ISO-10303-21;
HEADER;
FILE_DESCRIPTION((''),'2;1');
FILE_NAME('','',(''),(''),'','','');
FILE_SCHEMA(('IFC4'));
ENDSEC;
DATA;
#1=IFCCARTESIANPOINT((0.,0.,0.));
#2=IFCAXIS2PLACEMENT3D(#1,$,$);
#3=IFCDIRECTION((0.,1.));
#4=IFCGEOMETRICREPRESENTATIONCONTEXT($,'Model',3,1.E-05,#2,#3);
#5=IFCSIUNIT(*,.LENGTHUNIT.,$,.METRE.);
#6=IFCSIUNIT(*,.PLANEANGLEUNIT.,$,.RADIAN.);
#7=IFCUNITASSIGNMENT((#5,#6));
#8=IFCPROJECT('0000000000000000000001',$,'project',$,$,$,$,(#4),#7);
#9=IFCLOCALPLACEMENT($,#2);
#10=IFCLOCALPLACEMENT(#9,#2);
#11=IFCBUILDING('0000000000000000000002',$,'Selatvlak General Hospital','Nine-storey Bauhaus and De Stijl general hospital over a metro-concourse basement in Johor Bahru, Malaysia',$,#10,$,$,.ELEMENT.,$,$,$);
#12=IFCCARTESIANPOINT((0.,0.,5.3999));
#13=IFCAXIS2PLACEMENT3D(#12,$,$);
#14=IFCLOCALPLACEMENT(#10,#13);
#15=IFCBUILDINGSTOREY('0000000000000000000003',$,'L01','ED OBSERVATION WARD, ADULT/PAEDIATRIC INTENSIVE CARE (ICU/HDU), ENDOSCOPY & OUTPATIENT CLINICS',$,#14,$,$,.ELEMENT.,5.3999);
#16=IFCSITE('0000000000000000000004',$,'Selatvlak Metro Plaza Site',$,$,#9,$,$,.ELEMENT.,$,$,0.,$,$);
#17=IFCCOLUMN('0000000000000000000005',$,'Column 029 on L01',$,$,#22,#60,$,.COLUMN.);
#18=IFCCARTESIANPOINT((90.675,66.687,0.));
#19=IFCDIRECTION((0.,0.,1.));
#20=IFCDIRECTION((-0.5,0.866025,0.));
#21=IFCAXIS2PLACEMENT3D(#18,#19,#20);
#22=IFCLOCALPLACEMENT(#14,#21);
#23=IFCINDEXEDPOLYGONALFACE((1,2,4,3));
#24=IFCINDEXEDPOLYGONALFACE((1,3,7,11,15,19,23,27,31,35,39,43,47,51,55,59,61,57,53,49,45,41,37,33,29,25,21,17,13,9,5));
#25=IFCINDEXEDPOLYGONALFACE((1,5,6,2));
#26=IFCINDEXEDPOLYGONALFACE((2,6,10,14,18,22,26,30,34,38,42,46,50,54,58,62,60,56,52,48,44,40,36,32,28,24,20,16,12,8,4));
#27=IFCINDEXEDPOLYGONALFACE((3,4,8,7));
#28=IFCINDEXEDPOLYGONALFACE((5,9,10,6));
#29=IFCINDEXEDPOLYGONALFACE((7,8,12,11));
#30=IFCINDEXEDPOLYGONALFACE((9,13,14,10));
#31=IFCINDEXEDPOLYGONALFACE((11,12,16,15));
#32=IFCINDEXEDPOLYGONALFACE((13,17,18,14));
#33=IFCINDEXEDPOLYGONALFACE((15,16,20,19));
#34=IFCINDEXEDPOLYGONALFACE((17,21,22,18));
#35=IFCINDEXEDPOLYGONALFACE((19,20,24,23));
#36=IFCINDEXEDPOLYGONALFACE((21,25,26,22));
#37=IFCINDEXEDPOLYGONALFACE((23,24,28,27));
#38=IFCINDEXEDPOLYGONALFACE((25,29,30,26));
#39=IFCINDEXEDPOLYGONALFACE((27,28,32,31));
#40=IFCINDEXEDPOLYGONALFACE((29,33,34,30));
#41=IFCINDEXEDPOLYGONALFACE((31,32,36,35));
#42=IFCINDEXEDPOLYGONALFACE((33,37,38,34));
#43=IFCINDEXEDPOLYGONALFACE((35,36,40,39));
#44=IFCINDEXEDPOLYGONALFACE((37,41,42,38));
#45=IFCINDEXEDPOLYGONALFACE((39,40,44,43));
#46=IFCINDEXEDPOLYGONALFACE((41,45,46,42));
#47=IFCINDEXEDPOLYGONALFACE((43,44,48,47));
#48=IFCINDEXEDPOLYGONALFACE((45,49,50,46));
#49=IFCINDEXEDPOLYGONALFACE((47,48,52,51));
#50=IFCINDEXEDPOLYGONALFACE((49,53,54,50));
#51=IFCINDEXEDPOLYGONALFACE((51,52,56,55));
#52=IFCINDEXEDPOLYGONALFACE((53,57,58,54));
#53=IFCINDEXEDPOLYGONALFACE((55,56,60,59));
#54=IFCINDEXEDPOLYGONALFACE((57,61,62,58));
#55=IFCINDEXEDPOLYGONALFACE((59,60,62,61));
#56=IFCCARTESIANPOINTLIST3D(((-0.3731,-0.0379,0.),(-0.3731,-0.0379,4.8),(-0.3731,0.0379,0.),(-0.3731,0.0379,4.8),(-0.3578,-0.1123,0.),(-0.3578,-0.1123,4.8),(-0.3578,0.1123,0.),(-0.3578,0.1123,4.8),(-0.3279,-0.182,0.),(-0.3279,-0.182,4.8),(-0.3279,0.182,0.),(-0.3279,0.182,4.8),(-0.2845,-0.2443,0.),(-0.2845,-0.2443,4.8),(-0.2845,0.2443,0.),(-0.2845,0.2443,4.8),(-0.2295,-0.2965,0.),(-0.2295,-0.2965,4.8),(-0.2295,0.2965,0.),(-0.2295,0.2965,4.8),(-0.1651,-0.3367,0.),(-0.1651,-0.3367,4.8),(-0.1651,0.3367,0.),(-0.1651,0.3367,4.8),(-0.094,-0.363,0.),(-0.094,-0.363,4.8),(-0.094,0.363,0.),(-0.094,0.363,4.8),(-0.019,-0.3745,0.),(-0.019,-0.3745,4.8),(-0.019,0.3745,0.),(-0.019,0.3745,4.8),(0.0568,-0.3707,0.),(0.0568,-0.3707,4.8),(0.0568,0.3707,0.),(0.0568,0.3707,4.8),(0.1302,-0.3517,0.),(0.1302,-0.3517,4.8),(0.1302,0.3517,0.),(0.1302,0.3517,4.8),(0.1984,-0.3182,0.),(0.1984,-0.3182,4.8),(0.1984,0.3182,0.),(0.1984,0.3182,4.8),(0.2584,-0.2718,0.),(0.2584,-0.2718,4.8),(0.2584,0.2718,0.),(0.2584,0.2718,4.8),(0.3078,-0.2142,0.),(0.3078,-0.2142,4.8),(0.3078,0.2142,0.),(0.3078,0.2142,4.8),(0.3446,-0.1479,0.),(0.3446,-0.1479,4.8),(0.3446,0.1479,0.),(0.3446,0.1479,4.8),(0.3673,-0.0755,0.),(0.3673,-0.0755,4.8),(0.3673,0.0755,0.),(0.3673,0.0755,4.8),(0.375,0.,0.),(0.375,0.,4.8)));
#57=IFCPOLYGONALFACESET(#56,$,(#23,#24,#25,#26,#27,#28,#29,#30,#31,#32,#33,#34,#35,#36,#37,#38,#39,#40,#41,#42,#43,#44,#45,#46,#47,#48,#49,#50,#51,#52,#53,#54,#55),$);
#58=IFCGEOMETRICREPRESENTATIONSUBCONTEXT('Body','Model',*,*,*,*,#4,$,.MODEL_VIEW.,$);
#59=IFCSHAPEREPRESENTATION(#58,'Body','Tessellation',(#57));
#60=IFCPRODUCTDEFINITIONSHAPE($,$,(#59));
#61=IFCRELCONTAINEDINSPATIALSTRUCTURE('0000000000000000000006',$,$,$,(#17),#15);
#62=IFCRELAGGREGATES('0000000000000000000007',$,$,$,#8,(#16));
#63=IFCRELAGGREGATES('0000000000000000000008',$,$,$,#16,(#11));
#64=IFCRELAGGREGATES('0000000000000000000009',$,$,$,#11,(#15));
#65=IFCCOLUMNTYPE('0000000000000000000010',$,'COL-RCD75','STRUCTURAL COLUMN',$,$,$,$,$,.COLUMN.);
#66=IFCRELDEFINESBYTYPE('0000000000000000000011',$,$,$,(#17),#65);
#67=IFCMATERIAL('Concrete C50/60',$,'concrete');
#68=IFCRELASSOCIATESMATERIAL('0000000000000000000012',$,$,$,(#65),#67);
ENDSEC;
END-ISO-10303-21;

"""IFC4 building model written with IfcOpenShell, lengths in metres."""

from ifc_helpers import new_model, si_unit, direction, frame, origin, origin_2d, place, context, subcontext, project, spatial, circle, extrude, material, material_profile, profile_set, type_object, element, save


model = new_model("IFC4")

# Units and contexts
model_context = context("Model", 3, precision=1e-05, world=origin(), true_north=direction((0.0, 1.0)))
body_context = subcontext(model_context, "Body", "Model", "MODEL_VIEW")
ifc_project = project(units=[si_unit("LENGTHUNIT", "METRE"), si_unit("PLANEANGLEUNIT", "RADIAN")], contexts=[model_context])

# Site, building, storey
site_placement = place(None, origin())
site = spatial("IfcSite", under=ifc_project, at=site_placement, Name="Selatvlak Metro Plaza Site", CompositionType="ELEMENT", RefElevation=0.0)
building_placement = place(site_placement, origin())
building = spatial("IfcBuilding", under=site, at=building_placement, Name="Selatvlak General Hospital", Description="Nine-storey Bauhaus and De Stijl general hospital over a metro-concourse basement in Johor Bahru, Malaysia", CompositionType="ELEMENT")
storey_placement = place(building_placement, frame((0.0, 0.0, 5.3999)))
storey = spatial("IfcBuildingStorey", under=building, at=storey_placement, Name="L01", Description="ED OBSERVATION WARD, ADULT/PAEDIATRIC INTENSIVE CARE (ICU/HDU), ENDOSCOPY & OUTPATIENT CLINICS", CompositionType="ELEMENT", Elevation=5.3999)

# Column
ifc_material_1 = material(Name="Concrete C50/60", Category="concrete")
ifc_material_profile_1 = material_profile(ifc_material_1, circle(Radius=0.375, at=origin_2d()), Name="RC-COL D750")
ifc_profile_set_1 = profile_set([ifc_material_profile_1], Name="Concrete C50/60")
column_type = type_object("IfcColumnType", Name="COL-RCD75", Description="STRUCTURAL COLUMN", PredefinedType="COLUMN", material=ifc_profile_set_1)
column_placement = place(storey_placement, frame((90.675, 66.687, 0.0), z_axis=(0.0, 0.0, 1.0), x_axis=(-0.5, 0.866025, 0.0)))
element("IfcColumn", 1, at=column_placement, inside=storey, type_object=column_type, Name="Column 029 on L01", PredefinedType="COLUMN", context=body_context, shape_type="SweptSolid", body=[
    extrude(circle(Radius=0.375, at=origin_2d()), origin(), (0.0, 0.0, 1.0), 4.8),
])

save(model, "model.ifc")
